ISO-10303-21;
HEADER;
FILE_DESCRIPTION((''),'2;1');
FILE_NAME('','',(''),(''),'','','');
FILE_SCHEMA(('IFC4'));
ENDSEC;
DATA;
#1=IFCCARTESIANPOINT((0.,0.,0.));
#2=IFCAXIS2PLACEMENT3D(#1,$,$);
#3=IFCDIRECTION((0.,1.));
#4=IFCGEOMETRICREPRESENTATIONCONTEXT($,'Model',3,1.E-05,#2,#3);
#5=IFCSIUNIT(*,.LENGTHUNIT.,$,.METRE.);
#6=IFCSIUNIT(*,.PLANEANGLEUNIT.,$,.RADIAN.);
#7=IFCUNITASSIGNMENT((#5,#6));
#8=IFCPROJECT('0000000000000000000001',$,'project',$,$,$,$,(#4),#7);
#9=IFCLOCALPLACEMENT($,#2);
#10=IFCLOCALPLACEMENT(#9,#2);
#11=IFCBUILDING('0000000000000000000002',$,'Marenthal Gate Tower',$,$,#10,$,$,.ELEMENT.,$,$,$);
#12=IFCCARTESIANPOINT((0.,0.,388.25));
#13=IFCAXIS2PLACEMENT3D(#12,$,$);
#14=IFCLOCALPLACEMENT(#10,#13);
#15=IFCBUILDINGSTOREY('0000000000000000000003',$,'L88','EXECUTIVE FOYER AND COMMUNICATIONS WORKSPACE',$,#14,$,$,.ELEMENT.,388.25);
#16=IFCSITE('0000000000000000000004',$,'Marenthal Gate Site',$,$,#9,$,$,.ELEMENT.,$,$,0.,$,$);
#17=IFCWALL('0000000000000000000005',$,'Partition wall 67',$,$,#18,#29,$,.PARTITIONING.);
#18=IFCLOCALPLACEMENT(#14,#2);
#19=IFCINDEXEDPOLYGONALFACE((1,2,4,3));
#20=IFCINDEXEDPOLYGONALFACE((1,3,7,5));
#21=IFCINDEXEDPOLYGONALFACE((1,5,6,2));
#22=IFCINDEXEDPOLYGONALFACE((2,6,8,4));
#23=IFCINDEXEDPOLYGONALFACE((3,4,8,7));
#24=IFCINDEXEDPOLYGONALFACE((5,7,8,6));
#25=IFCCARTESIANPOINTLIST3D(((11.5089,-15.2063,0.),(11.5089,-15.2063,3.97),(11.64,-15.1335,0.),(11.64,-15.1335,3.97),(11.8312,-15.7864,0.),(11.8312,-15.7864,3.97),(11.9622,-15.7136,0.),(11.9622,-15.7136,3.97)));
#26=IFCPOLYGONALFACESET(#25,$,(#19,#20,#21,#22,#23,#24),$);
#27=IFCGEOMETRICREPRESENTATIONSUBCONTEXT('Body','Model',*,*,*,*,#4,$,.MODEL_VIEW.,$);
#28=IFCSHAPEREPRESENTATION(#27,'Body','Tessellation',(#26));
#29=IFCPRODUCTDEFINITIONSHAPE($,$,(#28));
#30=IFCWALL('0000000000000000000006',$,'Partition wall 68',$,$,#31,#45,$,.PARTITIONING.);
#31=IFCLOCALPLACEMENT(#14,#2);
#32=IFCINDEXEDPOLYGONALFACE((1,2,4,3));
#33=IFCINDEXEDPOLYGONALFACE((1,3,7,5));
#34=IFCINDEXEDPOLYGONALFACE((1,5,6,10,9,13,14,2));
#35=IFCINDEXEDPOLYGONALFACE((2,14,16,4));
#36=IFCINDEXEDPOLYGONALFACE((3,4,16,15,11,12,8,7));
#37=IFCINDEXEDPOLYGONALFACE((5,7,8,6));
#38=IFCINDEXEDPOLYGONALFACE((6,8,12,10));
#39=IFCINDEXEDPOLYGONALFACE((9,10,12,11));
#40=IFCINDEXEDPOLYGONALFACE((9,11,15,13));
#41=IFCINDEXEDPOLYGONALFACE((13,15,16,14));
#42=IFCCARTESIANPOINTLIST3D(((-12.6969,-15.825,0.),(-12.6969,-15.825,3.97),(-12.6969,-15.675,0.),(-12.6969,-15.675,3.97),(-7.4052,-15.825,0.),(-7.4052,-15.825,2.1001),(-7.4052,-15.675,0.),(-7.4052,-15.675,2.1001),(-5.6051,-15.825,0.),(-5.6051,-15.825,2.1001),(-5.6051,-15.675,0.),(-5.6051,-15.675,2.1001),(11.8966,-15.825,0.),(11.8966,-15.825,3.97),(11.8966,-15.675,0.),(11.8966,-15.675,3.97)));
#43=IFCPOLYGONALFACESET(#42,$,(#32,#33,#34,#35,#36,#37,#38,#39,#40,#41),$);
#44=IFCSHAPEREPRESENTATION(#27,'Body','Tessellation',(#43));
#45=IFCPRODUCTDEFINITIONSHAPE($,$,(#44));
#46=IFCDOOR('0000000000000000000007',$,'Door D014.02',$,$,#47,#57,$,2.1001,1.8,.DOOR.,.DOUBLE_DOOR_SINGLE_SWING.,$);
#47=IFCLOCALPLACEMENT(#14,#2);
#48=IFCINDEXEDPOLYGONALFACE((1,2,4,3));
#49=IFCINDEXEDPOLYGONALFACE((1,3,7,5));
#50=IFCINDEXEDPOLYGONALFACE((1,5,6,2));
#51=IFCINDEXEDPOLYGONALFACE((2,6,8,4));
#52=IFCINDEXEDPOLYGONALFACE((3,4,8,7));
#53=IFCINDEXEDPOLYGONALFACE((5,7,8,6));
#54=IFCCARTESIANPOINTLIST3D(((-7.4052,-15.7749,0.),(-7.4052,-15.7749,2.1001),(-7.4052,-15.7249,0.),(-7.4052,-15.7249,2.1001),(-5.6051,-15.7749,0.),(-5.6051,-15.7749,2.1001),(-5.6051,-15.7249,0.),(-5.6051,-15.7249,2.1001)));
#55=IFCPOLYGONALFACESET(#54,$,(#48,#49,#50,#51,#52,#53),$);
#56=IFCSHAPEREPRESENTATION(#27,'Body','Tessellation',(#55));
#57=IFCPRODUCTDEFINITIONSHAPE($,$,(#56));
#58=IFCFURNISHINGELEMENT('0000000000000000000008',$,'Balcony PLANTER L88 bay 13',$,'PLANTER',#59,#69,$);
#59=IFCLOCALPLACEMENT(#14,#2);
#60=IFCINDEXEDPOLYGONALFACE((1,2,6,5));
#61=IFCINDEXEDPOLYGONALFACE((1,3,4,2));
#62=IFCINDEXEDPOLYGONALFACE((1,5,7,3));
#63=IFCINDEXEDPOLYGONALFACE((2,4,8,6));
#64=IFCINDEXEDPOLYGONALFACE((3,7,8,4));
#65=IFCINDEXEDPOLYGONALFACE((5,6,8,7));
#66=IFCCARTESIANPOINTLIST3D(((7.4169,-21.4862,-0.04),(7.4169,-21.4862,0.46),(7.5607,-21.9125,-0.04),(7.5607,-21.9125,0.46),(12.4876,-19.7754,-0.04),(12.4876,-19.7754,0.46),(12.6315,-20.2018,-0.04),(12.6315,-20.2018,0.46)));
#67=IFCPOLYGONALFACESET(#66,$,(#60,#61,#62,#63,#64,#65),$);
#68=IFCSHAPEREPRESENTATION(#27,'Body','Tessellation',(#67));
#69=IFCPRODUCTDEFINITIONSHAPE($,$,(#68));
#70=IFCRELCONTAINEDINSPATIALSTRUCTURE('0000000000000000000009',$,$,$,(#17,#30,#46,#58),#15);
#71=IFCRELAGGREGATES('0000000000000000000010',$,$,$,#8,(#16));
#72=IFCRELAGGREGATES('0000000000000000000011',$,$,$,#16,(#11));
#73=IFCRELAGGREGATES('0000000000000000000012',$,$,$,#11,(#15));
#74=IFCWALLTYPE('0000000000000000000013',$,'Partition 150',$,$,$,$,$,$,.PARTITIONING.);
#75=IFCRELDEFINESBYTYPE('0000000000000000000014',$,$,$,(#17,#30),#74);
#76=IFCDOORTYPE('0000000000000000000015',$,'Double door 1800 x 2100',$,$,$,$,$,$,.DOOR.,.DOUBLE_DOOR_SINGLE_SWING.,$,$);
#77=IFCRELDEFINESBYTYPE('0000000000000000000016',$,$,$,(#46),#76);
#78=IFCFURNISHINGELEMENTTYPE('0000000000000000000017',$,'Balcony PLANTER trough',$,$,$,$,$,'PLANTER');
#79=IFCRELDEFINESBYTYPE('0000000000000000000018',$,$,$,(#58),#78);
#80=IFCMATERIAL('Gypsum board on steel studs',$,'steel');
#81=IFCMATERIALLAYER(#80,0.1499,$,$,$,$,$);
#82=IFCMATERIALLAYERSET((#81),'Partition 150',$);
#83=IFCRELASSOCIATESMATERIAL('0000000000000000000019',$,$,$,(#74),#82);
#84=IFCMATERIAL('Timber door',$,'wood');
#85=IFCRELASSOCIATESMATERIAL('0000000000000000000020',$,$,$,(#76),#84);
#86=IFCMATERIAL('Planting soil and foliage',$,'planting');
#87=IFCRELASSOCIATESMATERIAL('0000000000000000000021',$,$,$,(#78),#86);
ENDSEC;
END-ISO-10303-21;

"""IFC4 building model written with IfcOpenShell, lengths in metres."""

from ifc_helpers import new_model, si_unit, direction, frame, frame_2d, origin, origin_2d, place, context, subcontext, project, spatial, rectangle, extrude, material, layer, layer_set, type_object, element, fill, save


model = new_model("IFC4")

# Units and contexts
model_context = context("Model", 3, precision=1e-05, world=origin(), true_north=direction((0.0, 1.0)))
body_context = subcontext(model_context, "Body", "Model", "MODEL_VIEW")
ifc_project = project(units=[si_unit("LENGTHUNIT", "METRE"), si_unit("PLANEANGLEUNIT", "RADIAN")], contexts=[model_context])

# Site, building, storey
site_placement = place(None, origin())
site = spatial("IfcSite", under=ifc_project, at=site_placement, Name="Marenthal Gate Site", CompositionType="ELEMENT", RefElevation=0.0)
building_placement = place(site_placement, origin())
building = spatial("IfcBuilding", under=site, at=building_placement, Name="Marenthal Gate Tower", CompositionType="ELEMENT")
storey_placement = place(building_placement, frame((0.0, 0.0, 388.25)))
storey = spatial("IfcBuildingStorey", under=building, at=storey_placement, Name="L88", Description="EXECUTIVE FOYER AND COMMUNICATIONS WORKSPACE", CompositionType="ELEMENT", Elevation=388.25)

# Wall
ifc_material_1 = material(Name="Gypsum board on steel studs", Category="steel")
ifc_layer_1 = layer(ifc_material_1, 0.1499)
ifc_layer_set_1 = layer_set([ifc_layer_1], Name="Partition 150")
wall_type_1 = type_object("IfcWallType", Name="Partition 150", PredefinedType="PARTITIONING", material=ifc_layer_set_1)
wall_1_placement = place(storey_placement, frame((11.5745, -15.1699, 0.0), z_axis=(0.0, 0.0, 1.0), x_axis=(0.485643, -0.874157, 0.0)))
element("IfcWall", 1, at=wall_1_placement, inside=storey, type_object=wall_type_1, Name="Partition wall 67", PredefinedType="PARTITIONING", context=body_context, shape_type="SweptSolid", body=[
    extrude(rectangle(XDim=0.6636, YDim=0.1499, at=frame_2d((0.3318, 0.0))), origin(), (0.0, 0.0, 1.0), 3.97),
])

# Wall, opening, door
wall_2_placement = place(storey_placement, frame((11.8967, -15.75, 0.0), z_axis=(0.0, 0.0, 1.0), x_axis=(-1.0, 0.0, 0.0)))
wall_2 = element("IfcWall", 2, at=wall_2_placement, inside=storey, type_object=wall_type_1, Name="Partition wall 68", PredefinedType="PARTITIONING", context=body_context, shape_type="SweptSolid", body=[
    extrude(rectangle(XDim=24.5935, YDim=0.1499, at=frame_2d((12.2969, 0.0))), origin(), (0.0, 0.0, 1.0), 3.97),
])
opening_1_placement = place(wall_2_placement, frame((17.502, 0.0, 0.0)))
opening_1 = element("IfcOpeningElement", 3, at=opening_1_placement, cuts=wall_2, PredefinedType="OPENING", context=body_context, shape_type="SweptSolid", body=[
    extrude(rectangle(XDim=1.8, YDim=2.1001, at=frame_2d((0.8999, 1.05))), frame((0.0, 0.085, 0.0), z_axis=(0.0, -1.0, 0.0), x_axis=(1.0, 0.0, 0.0)), (0.0, 0.0, 1.0), 0.1699),
])
ifc_material_2 = material(Name="Timber door", Category="wood")
door_type_1 = type_object("IfcDoorType", Name="Double door 1800 x 2100", OperationType="DOUBLE_DOOR_SINGLE_SWING", PredefinedType="DOOR", material=ifc_material_2)
door_1_placement = place(opening_1_placement, origin())
door_1 = element("IfcDoor", 4, at=door_1_placement, inside=storey, type_object=door_type_1, Name="Door D014.02", OperationType="DOUBLE_DOOR_SINGLE_SWING", OverallHeight=2.1001, OverallWidth=1.8, PredefinedType="DOOR", context=body_context, shape_type="SweptSolid", body=[
    extrude(rectangle(XDim=1.8, YDim=2.1001, at=frame_2d((0.8999, 1.05))), frame((0.0, 0.0249, 0.0), z_axis=(0.0, -1.0, 0.0), x_axis=(1.0, 0.0, 0.0)), (0.0, 0.0, 1.0), 0.05),
])
fill(opening_1, door_1)

# Furnishing element
ifc_material_3 = material(Name="Planting soil and foliage", Category="planting")
furnishing_element_type = type_object("IfcFurnishingElementType", Name="Balcony PLANTER trough", ElementType="PLANTER", material=ifc_material_3)
furnishing_placement = place(storey_placement, frame((10.0242, -20.844, -0.04), z_axis=(0.0, 0.0, 1.0), x_axis=(0.947527, 0.319676, 0.0)))
element("IfcFurnishingElement", 5, at=furnishing_placement, inside=storey, type_object=furnishing_element_type, Name="Balcony PLANTER L88 bay 13", ObjectType="PLANTER", context=body_context, shape_type="SweptSolid", body=[
    extrude(rectangle(XDim=5.3516, YDim=0.45, at=origin_2d()), origin(), (0.0, 0.0, 1.0), 0.5),
])

save(model, "model.ifc")
